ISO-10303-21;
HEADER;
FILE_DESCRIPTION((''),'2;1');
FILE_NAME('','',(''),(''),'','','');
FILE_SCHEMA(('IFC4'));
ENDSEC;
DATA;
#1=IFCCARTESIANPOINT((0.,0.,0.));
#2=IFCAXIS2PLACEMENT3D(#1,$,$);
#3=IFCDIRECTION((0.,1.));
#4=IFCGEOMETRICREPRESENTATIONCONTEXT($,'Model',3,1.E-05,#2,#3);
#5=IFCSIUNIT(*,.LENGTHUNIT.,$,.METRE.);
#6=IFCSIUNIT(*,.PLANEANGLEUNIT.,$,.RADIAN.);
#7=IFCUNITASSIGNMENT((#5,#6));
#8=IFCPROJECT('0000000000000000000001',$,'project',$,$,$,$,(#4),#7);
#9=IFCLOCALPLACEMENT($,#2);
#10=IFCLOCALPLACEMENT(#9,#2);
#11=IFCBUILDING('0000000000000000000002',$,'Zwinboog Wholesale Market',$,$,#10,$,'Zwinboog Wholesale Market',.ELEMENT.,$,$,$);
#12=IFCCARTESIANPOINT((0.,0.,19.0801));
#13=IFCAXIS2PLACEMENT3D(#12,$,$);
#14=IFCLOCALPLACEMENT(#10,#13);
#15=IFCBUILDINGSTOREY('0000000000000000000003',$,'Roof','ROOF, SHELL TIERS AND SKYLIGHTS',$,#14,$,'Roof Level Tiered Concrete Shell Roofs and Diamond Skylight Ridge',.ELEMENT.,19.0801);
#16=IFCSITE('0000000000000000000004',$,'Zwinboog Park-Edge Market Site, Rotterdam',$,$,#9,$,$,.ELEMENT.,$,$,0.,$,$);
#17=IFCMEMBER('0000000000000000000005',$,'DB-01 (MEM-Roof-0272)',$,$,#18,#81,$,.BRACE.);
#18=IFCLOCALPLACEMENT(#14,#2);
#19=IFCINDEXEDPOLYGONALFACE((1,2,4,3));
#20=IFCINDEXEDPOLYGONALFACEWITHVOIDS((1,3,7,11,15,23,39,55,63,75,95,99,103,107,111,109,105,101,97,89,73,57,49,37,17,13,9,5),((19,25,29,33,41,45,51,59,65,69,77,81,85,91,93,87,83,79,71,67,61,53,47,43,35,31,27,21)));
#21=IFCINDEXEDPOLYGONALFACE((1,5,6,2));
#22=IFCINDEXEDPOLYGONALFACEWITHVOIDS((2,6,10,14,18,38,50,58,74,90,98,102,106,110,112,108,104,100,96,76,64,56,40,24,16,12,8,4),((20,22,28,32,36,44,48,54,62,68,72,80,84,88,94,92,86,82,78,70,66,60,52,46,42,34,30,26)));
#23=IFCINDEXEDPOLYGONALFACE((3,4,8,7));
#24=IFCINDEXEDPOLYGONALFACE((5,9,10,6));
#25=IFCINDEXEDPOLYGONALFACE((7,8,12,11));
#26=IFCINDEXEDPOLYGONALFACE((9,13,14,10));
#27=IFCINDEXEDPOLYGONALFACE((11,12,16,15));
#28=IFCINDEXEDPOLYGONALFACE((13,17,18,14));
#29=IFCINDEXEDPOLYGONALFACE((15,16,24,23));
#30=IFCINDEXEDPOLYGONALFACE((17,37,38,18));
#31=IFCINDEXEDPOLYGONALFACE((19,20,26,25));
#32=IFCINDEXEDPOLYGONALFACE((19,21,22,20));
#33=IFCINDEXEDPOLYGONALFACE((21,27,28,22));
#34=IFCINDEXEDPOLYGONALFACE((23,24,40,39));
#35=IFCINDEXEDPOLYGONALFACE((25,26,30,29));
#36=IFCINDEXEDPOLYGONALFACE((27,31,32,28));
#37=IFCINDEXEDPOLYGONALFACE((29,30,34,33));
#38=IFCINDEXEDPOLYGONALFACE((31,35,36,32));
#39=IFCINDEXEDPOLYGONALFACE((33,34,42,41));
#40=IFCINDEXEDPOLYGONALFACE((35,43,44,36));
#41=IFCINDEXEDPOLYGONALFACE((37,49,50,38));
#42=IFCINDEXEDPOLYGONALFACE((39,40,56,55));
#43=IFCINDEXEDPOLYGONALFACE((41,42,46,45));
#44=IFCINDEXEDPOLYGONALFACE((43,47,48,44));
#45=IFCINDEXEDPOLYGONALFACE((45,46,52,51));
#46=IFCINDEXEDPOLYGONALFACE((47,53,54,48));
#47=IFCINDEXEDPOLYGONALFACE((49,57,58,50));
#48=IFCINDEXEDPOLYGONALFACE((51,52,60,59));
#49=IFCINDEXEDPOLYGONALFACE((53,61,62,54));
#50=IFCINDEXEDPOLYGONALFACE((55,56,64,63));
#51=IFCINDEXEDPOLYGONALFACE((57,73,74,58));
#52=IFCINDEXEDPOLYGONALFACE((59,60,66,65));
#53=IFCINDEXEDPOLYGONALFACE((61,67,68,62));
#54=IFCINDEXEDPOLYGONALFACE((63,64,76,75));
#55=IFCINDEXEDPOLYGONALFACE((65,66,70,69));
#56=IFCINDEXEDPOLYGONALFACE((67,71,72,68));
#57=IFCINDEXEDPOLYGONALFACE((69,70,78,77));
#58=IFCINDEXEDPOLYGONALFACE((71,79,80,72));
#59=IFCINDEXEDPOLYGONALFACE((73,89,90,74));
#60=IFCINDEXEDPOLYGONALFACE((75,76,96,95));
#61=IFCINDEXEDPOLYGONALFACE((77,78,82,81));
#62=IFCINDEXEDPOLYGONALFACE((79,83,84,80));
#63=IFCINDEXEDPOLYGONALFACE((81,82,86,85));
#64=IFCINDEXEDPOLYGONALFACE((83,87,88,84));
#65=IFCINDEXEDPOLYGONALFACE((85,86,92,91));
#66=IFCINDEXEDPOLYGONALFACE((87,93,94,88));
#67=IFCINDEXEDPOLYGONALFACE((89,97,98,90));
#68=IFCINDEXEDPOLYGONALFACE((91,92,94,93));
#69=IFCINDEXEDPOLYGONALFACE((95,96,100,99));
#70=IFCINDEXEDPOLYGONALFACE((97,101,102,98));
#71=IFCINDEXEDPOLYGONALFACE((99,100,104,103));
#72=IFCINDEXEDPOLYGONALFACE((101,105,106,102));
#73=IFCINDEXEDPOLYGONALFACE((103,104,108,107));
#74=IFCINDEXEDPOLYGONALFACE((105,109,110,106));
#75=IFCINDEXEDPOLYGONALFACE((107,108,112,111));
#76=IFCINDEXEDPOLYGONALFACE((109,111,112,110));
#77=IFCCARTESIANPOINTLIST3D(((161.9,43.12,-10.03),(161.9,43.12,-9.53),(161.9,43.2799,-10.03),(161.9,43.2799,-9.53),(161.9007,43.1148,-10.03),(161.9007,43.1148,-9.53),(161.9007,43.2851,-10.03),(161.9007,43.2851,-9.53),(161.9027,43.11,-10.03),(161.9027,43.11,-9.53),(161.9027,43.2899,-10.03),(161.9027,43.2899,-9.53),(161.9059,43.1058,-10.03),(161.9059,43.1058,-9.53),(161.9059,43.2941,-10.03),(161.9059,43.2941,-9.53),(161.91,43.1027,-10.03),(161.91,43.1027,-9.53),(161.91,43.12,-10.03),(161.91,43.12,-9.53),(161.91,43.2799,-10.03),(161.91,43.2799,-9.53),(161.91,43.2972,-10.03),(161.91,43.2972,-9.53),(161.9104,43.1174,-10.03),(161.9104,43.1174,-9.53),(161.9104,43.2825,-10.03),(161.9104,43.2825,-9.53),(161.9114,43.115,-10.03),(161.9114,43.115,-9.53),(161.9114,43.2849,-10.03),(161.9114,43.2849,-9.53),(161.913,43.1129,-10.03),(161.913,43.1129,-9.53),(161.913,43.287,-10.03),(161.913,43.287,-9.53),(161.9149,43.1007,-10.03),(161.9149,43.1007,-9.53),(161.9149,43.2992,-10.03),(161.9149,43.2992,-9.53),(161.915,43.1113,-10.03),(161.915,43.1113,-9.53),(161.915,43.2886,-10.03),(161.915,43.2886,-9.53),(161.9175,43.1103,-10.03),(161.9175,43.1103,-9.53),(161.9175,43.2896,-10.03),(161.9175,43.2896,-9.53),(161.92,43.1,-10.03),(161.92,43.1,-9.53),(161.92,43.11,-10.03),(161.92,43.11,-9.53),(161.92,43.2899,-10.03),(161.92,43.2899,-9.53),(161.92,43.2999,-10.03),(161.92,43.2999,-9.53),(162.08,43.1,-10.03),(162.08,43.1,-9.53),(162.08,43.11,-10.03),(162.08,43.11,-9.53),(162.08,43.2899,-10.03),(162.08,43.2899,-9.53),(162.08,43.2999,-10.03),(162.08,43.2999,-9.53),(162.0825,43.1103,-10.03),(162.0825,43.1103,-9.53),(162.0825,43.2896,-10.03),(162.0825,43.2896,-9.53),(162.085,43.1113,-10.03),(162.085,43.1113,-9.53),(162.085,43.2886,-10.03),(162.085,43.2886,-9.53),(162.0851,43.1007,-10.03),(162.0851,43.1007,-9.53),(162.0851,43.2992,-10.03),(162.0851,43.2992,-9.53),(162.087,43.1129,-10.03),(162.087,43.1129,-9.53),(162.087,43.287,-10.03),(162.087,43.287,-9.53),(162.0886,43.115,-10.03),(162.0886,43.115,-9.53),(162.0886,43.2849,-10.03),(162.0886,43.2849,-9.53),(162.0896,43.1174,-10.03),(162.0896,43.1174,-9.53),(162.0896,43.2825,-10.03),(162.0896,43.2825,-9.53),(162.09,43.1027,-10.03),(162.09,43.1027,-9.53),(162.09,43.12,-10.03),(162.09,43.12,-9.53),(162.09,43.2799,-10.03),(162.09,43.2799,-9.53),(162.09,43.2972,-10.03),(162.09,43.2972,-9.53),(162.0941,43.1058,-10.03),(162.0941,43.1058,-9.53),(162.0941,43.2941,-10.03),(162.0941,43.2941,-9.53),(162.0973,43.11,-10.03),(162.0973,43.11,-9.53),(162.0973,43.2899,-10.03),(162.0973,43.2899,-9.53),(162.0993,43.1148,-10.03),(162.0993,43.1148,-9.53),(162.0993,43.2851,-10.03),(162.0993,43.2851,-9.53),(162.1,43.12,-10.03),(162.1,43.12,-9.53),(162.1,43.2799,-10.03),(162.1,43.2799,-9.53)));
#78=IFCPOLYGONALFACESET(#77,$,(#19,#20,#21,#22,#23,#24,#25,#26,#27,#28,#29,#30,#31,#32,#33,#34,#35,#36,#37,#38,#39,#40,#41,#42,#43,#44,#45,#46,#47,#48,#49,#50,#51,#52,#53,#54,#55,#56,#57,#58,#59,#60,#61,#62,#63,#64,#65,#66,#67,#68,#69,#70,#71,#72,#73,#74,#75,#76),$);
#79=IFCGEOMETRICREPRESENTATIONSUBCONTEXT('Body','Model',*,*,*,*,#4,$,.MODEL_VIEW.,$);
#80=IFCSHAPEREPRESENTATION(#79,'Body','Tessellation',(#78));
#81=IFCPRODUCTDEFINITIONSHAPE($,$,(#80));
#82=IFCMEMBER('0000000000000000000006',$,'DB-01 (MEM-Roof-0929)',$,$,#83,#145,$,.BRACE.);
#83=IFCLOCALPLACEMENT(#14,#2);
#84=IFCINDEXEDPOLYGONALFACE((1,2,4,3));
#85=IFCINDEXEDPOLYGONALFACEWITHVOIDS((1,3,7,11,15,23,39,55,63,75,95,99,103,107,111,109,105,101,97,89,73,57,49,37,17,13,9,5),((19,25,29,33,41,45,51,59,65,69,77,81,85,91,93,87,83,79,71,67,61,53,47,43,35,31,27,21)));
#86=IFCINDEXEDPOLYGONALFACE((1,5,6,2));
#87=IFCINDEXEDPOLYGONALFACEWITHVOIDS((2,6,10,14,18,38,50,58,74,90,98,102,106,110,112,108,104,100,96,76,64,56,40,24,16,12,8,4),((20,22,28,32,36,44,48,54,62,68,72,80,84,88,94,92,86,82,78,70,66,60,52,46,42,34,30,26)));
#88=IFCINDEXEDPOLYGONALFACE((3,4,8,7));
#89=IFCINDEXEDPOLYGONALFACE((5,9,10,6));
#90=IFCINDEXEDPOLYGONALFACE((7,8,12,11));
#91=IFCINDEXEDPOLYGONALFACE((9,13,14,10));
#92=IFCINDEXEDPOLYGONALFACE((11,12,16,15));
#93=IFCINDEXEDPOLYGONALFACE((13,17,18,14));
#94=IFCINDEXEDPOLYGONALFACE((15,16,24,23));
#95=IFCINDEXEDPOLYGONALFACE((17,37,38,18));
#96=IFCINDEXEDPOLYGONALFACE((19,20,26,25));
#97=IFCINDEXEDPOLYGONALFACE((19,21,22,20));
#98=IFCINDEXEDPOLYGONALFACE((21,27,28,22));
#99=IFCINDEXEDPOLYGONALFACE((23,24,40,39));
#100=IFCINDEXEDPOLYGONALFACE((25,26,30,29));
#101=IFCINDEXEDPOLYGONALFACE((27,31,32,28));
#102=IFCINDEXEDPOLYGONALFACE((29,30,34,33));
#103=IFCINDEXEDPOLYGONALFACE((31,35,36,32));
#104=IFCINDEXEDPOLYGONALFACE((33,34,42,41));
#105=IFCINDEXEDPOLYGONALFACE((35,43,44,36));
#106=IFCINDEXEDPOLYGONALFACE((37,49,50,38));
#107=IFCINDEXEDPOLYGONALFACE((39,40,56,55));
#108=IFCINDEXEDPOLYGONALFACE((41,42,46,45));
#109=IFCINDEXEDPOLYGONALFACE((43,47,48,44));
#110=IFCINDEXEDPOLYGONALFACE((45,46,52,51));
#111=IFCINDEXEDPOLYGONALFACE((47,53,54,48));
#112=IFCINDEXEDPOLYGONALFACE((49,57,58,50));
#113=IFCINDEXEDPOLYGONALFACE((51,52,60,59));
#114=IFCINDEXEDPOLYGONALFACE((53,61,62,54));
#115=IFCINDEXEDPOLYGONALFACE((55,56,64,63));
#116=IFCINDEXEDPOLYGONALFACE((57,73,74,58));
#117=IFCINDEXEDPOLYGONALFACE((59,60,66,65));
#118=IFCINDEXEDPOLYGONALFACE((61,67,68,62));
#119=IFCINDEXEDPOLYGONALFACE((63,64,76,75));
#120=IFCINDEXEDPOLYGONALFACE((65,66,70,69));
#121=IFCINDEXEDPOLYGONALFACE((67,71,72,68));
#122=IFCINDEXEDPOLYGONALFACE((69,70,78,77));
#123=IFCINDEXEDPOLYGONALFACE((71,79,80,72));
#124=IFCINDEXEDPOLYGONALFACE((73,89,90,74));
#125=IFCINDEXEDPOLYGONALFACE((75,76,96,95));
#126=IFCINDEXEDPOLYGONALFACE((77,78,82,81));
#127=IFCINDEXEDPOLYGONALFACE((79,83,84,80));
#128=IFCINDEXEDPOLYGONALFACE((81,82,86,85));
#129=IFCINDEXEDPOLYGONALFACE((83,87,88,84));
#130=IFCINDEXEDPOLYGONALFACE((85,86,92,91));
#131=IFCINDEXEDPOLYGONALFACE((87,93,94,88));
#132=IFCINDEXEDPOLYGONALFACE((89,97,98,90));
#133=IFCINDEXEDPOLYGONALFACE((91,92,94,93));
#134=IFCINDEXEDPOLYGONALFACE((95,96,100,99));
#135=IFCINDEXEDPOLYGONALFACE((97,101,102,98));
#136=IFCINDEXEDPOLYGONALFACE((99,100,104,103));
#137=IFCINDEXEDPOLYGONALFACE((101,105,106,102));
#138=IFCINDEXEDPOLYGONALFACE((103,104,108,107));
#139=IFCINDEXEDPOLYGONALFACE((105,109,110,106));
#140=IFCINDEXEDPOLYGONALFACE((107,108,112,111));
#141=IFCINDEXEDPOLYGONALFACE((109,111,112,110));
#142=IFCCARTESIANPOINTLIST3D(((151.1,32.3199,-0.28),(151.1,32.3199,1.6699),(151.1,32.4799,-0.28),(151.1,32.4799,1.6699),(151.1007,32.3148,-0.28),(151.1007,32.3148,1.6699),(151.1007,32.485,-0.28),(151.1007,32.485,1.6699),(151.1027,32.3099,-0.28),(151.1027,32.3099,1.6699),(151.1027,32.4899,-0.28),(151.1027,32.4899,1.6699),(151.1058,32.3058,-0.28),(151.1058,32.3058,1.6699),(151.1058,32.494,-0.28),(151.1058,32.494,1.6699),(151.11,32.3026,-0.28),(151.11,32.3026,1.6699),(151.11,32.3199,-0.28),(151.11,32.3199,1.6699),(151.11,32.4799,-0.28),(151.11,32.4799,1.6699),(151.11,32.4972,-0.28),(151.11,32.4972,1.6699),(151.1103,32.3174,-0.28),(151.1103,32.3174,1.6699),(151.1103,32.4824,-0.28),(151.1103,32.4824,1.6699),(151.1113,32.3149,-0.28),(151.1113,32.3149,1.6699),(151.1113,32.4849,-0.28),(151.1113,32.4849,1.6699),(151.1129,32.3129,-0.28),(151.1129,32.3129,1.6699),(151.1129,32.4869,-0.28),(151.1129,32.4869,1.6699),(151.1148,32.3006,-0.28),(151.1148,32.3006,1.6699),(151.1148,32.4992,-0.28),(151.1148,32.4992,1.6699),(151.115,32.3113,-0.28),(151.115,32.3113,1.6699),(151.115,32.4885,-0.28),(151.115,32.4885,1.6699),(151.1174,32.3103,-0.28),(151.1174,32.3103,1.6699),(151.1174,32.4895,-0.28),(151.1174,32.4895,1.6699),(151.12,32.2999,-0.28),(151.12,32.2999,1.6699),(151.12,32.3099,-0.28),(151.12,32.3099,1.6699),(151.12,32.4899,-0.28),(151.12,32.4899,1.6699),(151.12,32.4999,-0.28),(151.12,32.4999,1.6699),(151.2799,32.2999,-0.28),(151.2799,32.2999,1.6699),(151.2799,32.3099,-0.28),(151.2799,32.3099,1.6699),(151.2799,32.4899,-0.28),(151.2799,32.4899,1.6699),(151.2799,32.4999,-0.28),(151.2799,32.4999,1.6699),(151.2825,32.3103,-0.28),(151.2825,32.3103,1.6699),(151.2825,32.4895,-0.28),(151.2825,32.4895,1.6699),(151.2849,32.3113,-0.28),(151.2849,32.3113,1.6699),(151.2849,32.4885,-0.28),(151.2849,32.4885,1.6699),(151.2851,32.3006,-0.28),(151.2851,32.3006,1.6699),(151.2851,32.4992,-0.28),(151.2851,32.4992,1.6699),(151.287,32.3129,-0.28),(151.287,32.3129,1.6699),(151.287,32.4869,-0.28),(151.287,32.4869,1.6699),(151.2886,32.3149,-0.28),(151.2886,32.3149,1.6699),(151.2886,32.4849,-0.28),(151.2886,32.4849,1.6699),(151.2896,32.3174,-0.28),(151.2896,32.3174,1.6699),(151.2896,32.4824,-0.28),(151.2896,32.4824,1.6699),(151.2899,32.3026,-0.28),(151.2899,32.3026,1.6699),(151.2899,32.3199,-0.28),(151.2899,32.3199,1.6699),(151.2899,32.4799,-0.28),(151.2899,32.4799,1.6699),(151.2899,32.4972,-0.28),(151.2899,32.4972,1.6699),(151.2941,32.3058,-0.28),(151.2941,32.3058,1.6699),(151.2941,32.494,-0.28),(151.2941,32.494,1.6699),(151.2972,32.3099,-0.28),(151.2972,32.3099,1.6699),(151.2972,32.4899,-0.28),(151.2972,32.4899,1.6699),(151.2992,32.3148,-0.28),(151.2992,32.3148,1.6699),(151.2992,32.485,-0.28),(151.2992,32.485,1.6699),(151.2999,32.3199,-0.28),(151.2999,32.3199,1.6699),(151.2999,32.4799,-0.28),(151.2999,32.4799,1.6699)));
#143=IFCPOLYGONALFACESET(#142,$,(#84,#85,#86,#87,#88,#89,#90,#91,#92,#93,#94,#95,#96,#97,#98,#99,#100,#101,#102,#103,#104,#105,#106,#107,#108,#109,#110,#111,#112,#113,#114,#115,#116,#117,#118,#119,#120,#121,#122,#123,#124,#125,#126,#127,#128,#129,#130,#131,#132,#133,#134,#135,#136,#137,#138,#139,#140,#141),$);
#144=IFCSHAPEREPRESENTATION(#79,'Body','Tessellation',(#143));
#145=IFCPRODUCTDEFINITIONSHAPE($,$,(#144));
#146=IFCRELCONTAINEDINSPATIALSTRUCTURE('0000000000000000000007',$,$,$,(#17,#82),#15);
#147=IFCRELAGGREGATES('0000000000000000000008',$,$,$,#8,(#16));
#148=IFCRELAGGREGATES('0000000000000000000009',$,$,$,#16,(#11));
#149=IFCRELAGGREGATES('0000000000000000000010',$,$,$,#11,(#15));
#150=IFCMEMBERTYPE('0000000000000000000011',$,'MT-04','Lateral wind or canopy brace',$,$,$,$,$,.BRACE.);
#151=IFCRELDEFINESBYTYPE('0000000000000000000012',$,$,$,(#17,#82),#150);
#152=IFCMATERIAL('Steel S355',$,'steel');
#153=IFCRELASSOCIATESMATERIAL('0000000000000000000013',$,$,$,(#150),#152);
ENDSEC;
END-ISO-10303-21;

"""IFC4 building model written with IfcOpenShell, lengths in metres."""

from ifc_helpers import new_model, si_unit, direction, frame, origin, origin_2d, place, context, subcontext, project, spatial, hollow_rectangle, extrude, material, material_profile, profile_set, type_object, element, save


model = new_model("IFC4")

# Units and contexts
model_context = context("Model", 3, precision=1e-05, world=origin(), true_north=direction((0.0, 1.0)))
body_context = subcontext(model_context, "Body", "Model", "MODEL_VIEW")
ifc_project = project(units=[si_unit("LENGTHUNIT", "METRE"), si_unit("PLANEANGLEUNIT", "RADIAN")], contexts=[model_context])

# Site, building, storey
site_placement = place(None, origin())
site = spatial("IfcSite", under=ifc_project, at=site_placement, Name="Zwinboog Park-Edge Market Site, Rotterdam", CompositionType="ELEMENT", RefElevation=0.0)
building_placement = place(site_placement, origin())
building = spatial("IfcBuilding", under=site, at=building_placement, Name="Zwinboog Wholesale Market", LongName="Zwinboog Wholesale Market", CompositionType="ELEMENT")
storey_placement = place(building_placement, frame((0.0, 0.0, 19.0801)))
storey = spatial("IfcBuildingStorey", under=building, at=storey_placement, Name="Roof", Description="ROOF, SHELL TIERS AND SKYLIGHTS", LongName="Roof Level Tiered Concrete Shell Roofs and Diamond Skylight Ridge", CompositionType="ELEMENT", Elevation=19.0801)

# Members
ifc_material_1 = material(Name="Steel S355", Category="steel")
ifc_material_profile_1 = material_profile(ifc_material_1, hollow_rectangle(XDim=0.2, YDim=0.2, WallThickness=0.01, InnerFilletRadius=0.01, OuterFilletRadius=0.02, at=origin_2d()), Name="SHS 200x200x10")
ifc_profile_set_1 = profile_set([ifc_material_profile_1], Name="Steel S355")
member_type_1 = type_object("IfcMemberType", Name="MT-04", Description="Lateral wind or canopy brace", PredefinedType="BRACE", material=ifc_profile_set_1)
for number, where, z_axis, x_axis, name in (
    (1, (162.0, 43.2, -10.03), (0.0, 0.0, 1.0), (1.0, 0.0, 0.0), "DB-01 (MEM-Roof-0272)"),
):
    element("IfcMember", number, at=place(storey_placement, frame(where, z_axis=z_axis, x_axis=x_axis)), inside=storey, type_object=member_type_1, Name=name, PredefinedType="BRACE", context=body_context, shape_type="SweptSolid", body=[
        extrude(hollow_rectangle(XDim=0.2, YDim=0.2, WallThickness=0.01, InnerFilletRadius=0.01, OuterFilletRadius=0.02, at=origin_2d()), origin(), (0.0, 0.0, 1.0), 0.5),
    ])
for number, where, z_axis, x_axis, name in (
    (2, (151.2, 32.3999, -0.28), (0.0, 0.0, 1.0), (1.0, 0.0, 0.0), "DB-01 (MEM-Roof-0929)"),
):
    element("IfcMember", number, at=place(storey_placement, frame(where, z_axis=z_axis, x_axis=x_axis)), inside=storey, type_object=member_type_1, Name=name, PredefinedType="BRACE", context=body_context, shape_type="SweptSolid", body=[
        extrude(hollow_rectangle(XDim=0.2, YDim=0.2, WallThickness=0.01, InnerFilletRadius=0.01, OuterFilletRadius=0.02, at=origin_2d()), origin(), (0.0, 0.0, 1.0), 1.95),
    ])

save(model, "model.ifc")
